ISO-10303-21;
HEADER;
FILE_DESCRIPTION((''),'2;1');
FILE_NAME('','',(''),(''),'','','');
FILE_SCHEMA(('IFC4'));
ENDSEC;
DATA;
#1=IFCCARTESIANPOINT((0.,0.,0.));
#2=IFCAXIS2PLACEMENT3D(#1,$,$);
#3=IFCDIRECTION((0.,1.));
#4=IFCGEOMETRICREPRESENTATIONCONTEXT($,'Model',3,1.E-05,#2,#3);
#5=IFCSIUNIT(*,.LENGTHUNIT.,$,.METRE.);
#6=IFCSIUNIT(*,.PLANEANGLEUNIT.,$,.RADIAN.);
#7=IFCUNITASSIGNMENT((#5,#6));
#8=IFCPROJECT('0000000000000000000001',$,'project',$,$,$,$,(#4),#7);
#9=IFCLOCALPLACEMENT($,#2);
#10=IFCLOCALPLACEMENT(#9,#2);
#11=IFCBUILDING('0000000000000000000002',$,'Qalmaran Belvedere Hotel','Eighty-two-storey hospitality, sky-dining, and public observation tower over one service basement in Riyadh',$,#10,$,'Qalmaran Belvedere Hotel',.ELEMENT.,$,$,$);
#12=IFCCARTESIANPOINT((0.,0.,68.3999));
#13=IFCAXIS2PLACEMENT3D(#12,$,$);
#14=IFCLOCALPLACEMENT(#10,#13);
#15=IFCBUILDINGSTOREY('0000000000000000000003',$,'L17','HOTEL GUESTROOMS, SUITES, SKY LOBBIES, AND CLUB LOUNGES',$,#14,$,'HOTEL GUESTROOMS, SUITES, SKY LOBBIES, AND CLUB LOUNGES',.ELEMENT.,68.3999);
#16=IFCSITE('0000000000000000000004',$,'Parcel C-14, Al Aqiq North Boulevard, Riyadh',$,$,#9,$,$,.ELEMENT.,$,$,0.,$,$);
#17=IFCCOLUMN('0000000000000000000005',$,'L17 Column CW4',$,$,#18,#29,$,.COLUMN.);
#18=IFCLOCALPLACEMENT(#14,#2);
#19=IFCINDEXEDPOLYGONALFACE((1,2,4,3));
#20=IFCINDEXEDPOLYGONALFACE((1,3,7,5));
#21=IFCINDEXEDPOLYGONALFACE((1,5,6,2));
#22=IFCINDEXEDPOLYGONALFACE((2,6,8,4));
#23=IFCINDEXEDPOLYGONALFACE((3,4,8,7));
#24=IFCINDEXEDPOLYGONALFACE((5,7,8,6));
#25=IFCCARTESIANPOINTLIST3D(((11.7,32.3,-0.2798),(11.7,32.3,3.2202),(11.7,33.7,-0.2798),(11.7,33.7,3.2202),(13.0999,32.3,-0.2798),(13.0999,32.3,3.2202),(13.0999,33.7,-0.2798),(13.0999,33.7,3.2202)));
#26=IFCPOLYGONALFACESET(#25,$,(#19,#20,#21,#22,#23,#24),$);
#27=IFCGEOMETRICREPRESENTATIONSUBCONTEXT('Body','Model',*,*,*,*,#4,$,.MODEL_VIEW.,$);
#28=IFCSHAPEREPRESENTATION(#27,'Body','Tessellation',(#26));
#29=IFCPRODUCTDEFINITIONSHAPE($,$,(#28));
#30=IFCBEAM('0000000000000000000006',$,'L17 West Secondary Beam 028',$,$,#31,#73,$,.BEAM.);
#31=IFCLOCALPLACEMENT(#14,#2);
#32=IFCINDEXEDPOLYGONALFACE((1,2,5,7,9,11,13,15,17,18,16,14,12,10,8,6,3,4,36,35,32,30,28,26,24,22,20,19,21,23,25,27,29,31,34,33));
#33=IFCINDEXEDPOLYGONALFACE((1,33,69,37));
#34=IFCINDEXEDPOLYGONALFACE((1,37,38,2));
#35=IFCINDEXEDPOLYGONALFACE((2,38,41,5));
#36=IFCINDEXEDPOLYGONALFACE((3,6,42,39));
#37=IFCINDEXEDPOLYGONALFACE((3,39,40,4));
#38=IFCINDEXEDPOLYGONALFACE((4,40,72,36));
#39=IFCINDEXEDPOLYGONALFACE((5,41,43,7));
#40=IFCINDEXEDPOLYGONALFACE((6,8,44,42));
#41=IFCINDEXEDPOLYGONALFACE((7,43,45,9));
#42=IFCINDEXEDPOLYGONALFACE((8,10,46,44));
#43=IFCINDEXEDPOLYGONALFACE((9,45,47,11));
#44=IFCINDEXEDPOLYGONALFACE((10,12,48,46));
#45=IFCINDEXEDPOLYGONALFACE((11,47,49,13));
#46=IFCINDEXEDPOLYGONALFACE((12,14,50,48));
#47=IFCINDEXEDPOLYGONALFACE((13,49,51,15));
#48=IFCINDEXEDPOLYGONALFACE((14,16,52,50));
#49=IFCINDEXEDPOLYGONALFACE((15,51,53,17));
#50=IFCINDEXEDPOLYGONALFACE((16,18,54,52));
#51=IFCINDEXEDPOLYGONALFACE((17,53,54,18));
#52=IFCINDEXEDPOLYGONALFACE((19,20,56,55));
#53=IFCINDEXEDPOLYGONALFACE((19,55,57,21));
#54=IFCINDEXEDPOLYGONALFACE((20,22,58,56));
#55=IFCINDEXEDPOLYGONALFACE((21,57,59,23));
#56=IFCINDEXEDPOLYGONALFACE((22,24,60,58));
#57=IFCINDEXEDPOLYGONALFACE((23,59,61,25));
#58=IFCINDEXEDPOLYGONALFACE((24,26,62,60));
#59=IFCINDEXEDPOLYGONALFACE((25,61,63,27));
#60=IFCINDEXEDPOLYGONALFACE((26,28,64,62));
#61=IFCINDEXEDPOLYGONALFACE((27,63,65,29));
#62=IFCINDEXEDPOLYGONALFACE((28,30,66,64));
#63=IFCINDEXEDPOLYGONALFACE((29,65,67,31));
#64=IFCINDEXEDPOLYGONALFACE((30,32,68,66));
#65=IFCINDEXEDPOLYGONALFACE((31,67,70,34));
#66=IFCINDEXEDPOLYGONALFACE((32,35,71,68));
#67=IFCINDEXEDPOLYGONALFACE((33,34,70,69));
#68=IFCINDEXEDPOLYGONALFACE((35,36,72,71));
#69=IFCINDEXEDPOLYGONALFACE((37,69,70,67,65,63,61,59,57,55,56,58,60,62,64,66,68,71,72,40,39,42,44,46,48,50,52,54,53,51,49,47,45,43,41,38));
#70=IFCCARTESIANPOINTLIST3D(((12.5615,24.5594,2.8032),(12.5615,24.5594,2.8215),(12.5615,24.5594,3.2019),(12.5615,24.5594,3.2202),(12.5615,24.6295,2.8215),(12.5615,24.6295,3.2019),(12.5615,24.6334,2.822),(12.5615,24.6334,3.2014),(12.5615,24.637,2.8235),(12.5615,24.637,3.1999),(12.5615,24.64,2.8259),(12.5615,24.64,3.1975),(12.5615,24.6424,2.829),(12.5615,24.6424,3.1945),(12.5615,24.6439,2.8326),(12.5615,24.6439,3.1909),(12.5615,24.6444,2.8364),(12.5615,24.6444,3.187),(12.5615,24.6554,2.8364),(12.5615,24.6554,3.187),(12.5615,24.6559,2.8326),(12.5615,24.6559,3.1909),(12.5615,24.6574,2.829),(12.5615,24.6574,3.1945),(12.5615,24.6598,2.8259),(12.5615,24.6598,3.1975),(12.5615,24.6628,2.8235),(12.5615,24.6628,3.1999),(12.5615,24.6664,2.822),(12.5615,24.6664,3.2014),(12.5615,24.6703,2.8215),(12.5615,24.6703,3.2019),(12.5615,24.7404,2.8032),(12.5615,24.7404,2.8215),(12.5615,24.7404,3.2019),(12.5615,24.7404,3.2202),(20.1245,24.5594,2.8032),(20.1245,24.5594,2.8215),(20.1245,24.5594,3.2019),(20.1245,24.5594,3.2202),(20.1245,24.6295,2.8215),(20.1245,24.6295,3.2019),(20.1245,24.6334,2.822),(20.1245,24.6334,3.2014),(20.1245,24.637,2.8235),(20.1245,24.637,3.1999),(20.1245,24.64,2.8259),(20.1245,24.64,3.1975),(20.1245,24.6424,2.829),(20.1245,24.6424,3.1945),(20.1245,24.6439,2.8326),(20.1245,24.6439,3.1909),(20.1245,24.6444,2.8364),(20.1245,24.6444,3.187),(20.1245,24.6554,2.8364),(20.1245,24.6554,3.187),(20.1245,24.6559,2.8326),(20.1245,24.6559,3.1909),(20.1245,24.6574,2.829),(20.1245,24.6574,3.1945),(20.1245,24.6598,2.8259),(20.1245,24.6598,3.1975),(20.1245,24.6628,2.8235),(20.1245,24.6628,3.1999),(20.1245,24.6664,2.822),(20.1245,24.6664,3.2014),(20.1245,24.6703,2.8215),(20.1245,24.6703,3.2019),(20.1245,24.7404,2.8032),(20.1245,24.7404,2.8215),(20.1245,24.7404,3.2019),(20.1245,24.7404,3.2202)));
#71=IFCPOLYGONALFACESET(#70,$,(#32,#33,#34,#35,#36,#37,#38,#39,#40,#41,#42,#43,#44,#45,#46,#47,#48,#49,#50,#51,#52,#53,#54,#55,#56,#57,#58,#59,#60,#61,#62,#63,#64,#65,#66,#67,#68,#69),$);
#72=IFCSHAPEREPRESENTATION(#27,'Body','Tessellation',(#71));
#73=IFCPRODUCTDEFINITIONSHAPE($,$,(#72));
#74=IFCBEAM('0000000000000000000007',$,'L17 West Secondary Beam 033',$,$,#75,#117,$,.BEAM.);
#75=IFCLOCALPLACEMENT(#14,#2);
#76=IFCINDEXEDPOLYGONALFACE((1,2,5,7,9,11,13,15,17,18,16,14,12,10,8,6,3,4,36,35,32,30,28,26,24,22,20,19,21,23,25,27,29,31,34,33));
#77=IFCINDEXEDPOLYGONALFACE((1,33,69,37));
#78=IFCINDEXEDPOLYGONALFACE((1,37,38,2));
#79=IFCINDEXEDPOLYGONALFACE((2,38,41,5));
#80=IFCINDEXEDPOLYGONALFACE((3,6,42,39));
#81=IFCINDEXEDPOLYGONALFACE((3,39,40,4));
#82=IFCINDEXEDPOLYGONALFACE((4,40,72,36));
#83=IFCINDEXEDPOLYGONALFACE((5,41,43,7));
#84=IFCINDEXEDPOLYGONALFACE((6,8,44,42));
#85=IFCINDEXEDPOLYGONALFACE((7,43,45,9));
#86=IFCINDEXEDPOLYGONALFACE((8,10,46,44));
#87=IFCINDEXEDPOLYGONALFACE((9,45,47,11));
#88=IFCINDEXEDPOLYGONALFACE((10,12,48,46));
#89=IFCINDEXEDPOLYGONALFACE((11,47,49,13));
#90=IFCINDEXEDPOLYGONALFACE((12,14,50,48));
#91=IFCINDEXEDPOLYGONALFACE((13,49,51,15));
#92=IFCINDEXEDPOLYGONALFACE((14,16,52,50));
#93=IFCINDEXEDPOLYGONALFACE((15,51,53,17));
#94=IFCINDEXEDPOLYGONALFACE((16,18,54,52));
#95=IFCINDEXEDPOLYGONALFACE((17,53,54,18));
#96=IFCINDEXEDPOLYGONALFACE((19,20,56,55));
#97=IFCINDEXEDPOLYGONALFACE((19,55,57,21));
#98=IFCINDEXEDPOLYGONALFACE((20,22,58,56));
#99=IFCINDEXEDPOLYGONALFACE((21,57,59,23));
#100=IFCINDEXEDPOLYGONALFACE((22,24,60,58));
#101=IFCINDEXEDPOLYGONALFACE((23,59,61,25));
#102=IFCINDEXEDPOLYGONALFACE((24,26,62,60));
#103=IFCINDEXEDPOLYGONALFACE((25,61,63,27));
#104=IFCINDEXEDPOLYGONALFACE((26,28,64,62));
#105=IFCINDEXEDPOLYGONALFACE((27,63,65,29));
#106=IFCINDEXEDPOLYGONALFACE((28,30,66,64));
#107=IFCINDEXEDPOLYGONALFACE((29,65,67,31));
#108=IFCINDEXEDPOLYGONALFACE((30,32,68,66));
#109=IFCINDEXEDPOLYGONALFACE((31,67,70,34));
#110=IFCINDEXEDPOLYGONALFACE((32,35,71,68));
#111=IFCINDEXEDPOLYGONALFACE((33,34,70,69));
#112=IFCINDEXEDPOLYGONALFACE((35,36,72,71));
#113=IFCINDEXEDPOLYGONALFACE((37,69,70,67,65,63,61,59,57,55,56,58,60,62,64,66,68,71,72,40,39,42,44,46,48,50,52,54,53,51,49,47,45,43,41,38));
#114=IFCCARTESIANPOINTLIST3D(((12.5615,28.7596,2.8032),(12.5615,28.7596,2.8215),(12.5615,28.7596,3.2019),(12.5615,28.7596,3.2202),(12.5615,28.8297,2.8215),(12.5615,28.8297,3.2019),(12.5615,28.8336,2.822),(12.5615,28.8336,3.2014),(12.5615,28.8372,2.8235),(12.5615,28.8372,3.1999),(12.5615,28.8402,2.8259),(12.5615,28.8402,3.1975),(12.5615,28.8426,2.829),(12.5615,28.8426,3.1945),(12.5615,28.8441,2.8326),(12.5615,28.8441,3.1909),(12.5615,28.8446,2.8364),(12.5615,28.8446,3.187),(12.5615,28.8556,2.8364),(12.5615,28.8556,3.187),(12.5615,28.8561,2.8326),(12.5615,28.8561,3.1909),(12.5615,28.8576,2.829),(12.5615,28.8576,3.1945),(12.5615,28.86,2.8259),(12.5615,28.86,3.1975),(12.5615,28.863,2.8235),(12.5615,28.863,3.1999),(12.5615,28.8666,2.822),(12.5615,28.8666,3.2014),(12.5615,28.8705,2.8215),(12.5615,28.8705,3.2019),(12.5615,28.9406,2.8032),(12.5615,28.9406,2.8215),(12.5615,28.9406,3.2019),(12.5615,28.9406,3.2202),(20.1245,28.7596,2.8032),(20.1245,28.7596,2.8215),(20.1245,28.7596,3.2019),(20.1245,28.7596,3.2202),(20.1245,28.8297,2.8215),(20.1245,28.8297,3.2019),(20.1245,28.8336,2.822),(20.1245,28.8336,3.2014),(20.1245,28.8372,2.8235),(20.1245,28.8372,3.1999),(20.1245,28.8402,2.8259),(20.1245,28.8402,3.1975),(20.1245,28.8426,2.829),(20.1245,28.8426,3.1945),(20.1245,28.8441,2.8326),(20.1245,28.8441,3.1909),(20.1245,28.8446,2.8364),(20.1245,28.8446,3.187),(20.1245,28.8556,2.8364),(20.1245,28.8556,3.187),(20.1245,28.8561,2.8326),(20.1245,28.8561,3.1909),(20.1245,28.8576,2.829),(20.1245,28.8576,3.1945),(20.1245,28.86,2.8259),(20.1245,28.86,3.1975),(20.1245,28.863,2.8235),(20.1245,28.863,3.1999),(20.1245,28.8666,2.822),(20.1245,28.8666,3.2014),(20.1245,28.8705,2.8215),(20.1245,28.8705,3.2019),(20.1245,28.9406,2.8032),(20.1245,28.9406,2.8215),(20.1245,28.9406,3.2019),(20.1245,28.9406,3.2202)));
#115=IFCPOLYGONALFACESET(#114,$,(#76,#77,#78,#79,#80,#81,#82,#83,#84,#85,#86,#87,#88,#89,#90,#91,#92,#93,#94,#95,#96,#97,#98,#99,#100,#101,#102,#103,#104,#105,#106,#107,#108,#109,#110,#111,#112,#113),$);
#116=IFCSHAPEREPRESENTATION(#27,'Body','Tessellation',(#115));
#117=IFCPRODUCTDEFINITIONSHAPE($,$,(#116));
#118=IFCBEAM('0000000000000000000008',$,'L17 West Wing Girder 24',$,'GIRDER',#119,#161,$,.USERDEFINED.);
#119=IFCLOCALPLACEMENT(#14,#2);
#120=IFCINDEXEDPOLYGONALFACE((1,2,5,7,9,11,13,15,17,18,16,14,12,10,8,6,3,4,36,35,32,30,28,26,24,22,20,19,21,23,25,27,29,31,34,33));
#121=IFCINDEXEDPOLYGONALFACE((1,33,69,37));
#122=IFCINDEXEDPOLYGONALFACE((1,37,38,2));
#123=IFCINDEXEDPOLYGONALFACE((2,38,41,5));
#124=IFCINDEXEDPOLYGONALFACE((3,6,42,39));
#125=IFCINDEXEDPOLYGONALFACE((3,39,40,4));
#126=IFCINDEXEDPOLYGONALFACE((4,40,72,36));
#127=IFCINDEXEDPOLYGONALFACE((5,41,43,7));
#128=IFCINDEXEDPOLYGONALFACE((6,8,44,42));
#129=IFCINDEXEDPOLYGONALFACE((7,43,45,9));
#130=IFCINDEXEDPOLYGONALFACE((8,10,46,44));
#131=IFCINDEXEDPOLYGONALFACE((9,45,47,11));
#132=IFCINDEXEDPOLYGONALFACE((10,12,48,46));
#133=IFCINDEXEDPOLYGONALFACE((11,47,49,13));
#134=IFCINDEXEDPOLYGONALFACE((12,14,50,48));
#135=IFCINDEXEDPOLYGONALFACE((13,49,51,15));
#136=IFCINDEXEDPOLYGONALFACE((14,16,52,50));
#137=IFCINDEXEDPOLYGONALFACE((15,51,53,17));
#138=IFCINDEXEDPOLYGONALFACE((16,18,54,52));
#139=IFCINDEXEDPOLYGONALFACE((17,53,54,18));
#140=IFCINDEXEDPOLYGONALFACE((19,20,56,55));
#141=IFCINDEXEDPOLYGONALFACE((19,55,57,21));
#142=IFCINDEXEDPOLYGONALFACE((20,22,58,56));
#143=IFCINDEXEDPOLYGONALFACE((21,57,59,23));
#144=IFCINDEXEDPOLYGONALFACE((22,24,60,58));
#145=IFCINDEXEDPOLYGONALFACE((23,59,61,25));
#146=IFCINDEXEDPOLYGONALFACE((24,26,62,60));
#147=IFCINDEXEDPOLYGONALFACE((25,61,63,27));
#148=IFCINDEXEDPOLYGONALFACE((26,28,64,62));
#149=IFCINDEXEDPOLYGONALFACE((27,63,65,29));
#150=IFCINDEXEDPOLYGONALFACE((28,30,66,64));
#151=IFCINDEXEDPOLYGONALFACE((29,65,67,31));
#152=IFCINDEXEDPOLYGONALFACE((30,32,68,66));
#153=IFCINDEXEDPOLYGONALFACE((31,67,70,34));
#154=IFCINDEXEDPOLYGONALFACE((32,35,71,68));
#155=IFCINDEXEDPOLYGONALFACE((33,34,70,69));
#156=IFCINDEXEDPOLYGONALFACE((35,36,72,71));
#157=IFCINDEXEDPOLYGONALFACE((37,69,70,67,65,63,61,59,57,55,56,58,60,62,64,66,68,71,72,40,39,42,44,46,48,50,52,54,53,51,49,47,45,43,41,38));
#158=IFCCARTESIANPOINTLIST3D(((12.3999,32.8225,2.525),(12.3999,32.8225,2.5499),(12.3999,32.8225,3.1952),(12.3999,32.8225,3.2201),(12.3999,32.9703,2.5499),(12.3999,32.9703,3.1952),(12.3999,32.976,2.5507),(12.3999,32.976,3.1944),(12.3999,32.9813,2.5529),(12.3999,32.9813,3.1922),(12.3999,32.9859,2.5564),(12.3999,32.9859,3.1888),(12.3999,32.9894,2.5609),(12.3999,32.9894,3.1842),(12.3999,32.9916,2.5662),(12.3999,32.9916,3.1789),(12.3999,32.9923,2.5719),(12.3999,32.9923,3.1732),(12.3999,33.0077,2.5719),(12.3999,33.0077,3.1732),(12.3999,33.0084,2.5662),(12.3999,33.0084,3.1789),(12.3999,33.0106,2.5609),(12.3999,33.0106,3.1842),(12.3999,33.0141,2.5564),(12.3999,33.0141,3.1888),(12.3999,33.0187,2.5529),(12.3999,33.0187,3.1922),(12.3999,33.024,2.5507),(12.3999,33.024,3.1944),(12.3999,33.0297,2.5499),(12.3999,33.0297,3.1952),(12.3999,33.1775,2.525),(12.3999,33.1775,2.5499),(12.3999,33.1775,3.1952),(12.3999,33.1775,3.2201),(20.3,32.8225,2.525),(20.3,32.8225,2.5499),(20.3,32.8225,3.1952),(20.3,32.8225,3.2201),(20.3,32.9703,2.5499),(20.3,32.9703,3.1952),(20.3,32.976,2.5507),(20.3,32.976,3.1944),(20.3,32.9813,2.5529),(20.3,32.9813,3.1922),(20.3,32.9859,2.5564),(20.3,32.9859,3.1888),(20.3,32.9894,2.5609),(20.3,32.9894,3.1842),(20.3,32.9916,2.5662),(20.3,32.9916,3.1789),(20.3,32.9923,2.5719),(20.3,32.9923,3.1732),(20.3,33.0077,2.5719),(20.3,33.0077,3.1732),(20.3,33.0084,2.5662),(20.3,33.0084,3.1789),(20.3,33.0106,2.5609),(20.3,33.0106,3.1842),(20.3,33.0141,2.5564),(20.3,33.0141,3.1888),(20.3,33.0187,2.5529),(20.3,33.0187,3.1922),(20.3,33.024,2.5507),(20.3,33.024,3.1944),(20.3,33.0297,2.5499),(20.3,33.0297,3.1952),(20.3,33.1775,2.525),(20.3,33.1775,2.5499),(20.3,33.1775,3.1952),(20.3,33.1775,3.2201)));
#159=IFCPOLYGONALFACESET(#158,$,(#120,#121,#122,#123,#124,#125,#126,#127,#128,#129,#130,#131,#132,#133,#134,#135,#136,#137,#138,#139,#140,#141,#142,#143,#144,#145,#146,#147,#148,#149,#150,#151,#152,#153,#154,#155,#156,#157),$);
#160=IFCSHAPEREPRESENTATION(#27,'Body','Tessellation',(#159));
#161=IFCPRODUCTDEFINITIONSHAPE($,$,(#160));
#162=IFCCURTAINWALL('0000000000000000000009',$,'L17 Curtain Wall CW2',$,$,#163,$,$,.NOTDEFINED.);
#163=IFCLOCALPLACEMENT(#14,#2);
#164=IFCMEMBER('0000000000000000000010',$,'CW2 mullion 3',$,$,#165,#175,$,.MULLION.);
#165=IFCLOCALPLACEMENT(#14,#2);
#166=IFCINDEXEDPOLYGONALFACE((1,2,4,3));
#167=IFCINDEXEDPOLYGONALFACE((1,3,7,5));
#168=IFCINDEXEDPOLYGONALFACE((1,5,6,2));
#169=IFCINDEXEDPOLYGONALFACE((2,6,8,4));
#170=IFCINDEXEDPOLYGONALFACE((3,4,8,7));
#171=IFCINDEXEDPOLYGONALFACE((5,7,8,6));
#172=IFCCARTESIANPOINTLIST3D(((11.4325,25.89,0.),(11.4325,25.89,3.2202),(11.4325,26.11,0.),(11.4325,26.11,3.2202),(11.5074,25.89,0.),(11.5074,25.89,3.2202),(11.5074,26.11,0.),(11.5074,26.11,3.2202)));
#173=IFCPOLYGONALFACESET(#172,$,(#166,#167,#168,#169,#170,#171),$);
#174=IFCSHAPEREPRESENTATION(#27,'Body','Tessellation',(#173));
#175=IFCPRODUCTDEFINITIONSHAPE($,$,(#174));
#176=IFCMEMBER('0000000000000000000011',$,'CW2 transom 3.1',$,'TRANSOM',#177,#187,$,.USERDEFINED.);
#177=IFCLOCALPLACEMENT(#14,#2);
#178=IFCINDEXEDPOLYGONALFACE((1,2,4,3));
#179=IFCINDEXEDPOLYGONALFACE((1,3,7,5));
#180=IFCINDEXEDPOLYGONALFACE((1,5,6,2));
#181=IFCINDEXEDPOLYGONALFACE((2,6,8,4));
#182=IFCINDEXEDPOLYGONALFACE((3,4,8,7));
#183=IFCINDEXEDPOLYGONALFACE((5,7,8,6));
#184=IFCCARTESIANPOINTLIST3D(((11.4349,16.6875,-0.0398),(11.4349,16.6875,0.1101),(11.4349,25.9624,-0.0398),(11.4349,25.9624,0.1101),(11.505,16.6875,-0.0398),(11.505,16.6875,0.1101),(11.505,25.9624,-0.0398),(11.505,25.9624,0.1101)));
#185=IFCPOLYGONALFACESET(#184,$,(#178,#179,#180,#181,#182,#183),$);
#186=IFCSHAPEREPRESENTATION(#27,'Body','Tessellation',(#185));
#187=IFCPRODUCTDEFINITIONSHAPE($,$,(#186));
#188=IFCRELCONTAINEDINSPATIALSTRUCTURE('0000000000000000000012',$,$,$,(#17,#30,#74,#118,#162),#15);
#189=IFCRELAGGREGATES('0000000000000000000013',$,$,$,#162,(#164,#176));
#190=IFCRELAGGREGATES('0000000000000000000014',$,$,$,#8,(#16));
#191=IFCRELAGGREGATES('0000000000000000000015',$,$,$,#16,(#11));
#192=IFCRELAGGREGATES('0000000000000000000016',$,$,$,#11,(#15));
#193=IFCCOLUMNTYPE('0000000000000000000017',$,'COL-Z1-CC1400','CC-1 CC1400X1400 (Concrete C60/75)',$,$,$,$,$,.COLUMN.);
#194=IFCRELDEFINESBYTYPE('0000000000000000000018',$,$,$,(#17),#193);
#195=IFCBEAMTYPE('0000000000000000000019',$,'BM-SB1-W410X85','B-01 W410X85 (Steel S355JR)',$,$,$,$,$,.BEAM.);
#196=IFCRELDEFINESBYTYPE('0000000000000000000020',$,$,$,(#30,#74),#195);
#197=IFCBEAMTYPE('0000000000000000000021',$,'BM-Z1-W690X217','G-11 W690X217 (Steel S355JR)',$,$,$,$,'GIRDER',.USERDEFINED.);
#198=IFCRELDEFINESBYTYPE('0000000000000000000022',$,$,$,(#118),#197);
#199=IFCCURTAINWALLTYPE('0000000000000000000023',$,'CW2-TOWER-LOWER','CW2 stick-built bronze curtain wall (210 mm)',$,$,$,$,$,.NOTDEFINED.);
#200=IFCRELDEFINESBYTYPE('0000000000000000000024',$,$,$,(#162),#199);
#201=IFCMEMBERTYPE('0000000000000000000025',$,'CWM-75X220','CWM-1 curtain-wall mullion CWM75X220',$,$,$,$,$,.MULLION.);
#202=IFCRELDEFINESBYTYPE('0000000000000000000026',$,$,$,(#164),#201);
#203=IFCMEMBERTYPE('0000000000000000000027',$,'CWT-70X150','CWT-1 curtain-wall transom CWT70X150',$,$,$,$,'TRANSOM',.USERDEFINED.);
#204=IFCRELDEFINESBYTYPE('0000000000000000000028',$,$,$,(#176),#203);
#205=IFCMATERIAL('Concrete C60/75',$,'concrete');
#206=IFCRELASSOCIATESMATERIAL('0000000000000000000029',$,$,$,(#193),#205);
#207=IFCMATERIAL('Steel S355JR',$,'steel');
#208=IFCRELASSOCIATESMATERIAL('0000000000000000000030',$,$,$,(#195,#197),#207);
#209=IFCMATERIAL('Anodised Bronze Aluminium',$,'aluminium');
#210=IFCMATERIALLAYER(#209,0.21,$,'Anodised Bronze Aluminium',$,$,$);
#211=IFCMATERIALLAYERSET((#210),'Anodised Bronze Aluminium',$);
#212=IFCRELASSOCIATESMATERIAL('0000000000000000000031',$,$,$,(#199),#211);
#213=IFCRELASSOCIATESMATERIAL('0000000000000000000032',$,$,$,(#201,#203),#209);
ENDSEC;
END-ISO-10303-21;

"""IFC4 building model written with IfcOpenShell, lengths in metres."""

from ifc_helpers import new_model, si_unit, direction, frame, origin, origin_2d, place, context, subcontext, project, spatial, rectangle, i_section, extrude, material, layer, layer_set, material_profile, profile_set, type_object, element, aggregate, save


model = new_model("IFC4")

# Units and contexts
model_context = context("Model", 3, precision=1e-05, world=origin(), true_north=direction((0.0, 1.0)))
body_context = subcontext(model_context, "Body", "Model", "MODEL_VIEW")
ifc_project = project(units=[si_unit("LENGTHUNIT", "METRE"), si_unit("PLANEANGLEUNIT", "RADIAN")], contexts=[model_context])

# Site, building, storey
site_placement = place(None, origin())
site = spatial("IfcSite", under=ifc_project, at=site_placement, Name="Parcel C-14, Al Aqiq North Boulevard, Riyadh", CompositionType="ELEMENT", RefElevation=0.0)
building_placement = place(site_placement, origin())
building = spatial("IfcBuilding", under=site, at=building_placement, Name="Qalmaran Belvedere Hotel", Description="Eighty-two-storey hospitality, sky-dining, and public observation tower over one service basement in Riyadh", LongName="Qalmaran Belvedere Hotel", CompositionType="ELEMENT")
storey_placement = place(building_placement, frame((0.0, 0.0, 68.3999)))
storey = spatial("IfcBuildingStorey", under=building, at=storey_placement, Name="L17", Description="HOTEL GUESTROOMS, SUITES, SKY LOBBIES, AND CLUB LOUNGES", LongName="HOTEL GUESTROOMS, SUITES, SKY LOBBIES, AND CLUB LOUNGES", CompositionType="ELEMENT", Elevation=68.3999)

# Column
ifc_material_1 = material(Name="Concrete C60/75", Category="concrete")
ifc_material_profile_1 = material_profile(ifc_material_1, rectangle(XDim=1.3999, YDim=1.3999, at=origin_2d()), Name="CC1400X1400")
ifc_profile_set_1 = profile_set([ifc_material_profile_1], Name="Concrete C60/75")
column_type = type_object("IfcColumnType", Name="COL-Z1-CC1400", Description="CC-1 CC1400X1400 (Concrete C60/75)", PredefinedType="COLUMN", material=ifc_profile_set_1)
column_placement = place(storey_placement, frame((12.3999, 33.0, -0.2798), z_axis=(0.0, 0.0, 1.0), x_axis=(1.0, 0.0, 0.0)))
element("IfcColumn", 1, at=column_placement, inside=storey, type_object=column_type, Name="L17 Column CW4", PredefinedType="COLUMN", context=body_context, shape_type="SweptSolid", body=[
    extrude(rectangle(XDim=1.3999, YDim=1.3999, at=origin_2d()), origin(), (0.0, 0.0, 1.0), 3.5),
])

# Beams
ifc_material_2 = material(Name="Steel S355JR", Category="steel")
ifc_material_profile_2 = material_profile(ifc_material_2, i_section(OverallWidth=0.1809, OverallDepth=0.417, WebThickness=0.011, FlangeThickness=0.0183, FilletRadius=0.0149, at=origin_2d()), Name="W410X85")
ifc_profile_set_2 = profile_set([ifc_material_profile_2], Name="Steel S355JR")
beam_type_1 = type_object("IfcBeamType", Name="BM-SB1-W410X85", Description="B-01 W410X85 (Steel S355JR)", PredefinedType="BEAM", material=ifc_profile_set_2)
for number, where, z_axis, x_axis, name in (
    (2, (12.5615, 24.6499, 3.0117), (1.0, 0.0, 0.0), (0.0, 1.0, 0.0), "L17 West Secondary Beam 028"),
    (3, (12.5615, 28.8501, 3.0117), (1.0, 0.0, 0.0), (0.0, 1.0, 0.0), "L17 West Secondary Beam 033"),
):
    element("IfcBeam", number, at=place(storey_placement, frame(where, z_axis=z_axis, x_axis=x_axis)), inside=storey, type_object=beam_type_1, Name=name, PredefinedType="BEAM", context=body_context, shape_type="SweptSolid", body=[
        extrude(i_section(OverallWidth=0.1809, OverallDepth=0.417, WebThickness=0.011, FlangeThickness=0.0183, FilletRadius=0.0149, at=origin_2d()), origin(), (0.0, 0.0, 1.0), 7.563),
    ])
ifc_material_profile_3 = material_profile(ifc_material_2, i_section(OverallWidth=0.355, OverallDepth=0.6951, WebThickness=0.0154, FlangeThickness=0.0249, FilletRadius=0.022, at=origin_2d()), Name="W690X217")
ifc_profile_set_3 = profile_set([ifc_material_profile_3], Name="Steel S355JR")
beam_type_2 = type_object("IfcBeamType", Name="BM-Z1-W690X217", Description="G-11 W690X217 (Steel S355JR)", ElementType="GIRDER", PredefinedType="USERDEFINED", material=ifc_profile_set_3)
beam_placement = place(storey_placement, frame((12.3999, 33.0, 2.8726), z_axis=(1.0, 0.0, 0.0), x_axis=(0.0, 1.0, 0.0)))
element("IfcBeam", 4, at=beam_placement, inside=storey, type_object=beam_type_2, Name="L17 West Wing Girder 24", ObjectType="GIRDER", PredefinedType="USERDEFINED", context=body_context, shape_type="SweptSolid", body=[
    extrude(i_section(OverallWidth=0.355, OverallDepth=0.6951, WebThickness=0.0154, FlangeThickness=0.0249, FilletRadius=0.022, at=origin_2d()), origin(), (0.0, 0.0, 1.0), 7.9001),
])

# Curtain wall, members
ifc_material_3 = material(Name="Anodised Bronze Aluminium", Category="aluminium")
ifc_layer_1 = layer(ifc_material_3, 0.21, Name="Anodised Bronze Aluminium")
ifc_layer_set_1 = layer_set([ifc_layer_1], Name="Anodised Bronze Aluminium")
curtain_wall_type = type_object("IfcCurtainWallType", Name="CW2-TOWER-LOWER", Description="CW2 stick-built bronze curtain wall (210 mm)", PredefinedType="NOTDEFINED", material=ifc_layer_set_1)
curtain_wall_placement = place(storey_placement, origin())
curtain_wall = element("IfcCurtainWall", 5, at=curtain_wall_placement, inside=storey, type_object=curtain_wall_type, Name="L17 Curtain Wall CW2", PredefinedType="NOTDEFINED")
ifc_material_profile_4 = material_profile(ifc_material_3, rectangle(XDim=0.075, YDim=0.22, at=origin_2d()), Name="CWM75X220")
ifc_profile_set_4 = profile_set([ifc_material_profile_4], Name="Anodised Bronze Aluminium")
member_type_1 = type_object("IfcMemberType", Name="CWM-75X220", Description="CWM-1 curtain-wall mullion CWM75X220", PredefinedType="MULLION", material=ifc_profile_set_4)
member_1_placement = place(storey_placement, frame((11.47, 26.0, 0.0), z_axis=(0.0, 0.0, 1.0), x_axis=(1.0, 0.0, 0.0)))
member_1 = element("IfcMember", 6, at=member_1_placement, type_object=member_type_1, Name="CW2 mullion 3", PredefinedType="MULLION", context=body_context, shape_type="SweptSolid", body=[
    extrude(rectangle(XDim=0.075, YDim=0.22, at=origin_2d()), origin(), (0.0, 0.0, 1.0), 3.2202),
])
ifc_material_profile_5 = material_profile(ifc_material_3, rectangle(XDim=0.0701, YDim=0.1499, at=origin_2d()), Name="CWT70X150")
ifc_profile_set_5 = profile_set([ifc_material_profile_5], Name="Anodised Bronze Aluminium")
member_type_2 = type_object("IfcMemberType", Name="CWT-70X150", Description="CWT-1 curtain-wall transom CWT70X150", ElementType="TRANSOM", PredefinedType="USERDEFINED", material=ifc_profile_set_5)
member_2_placement = place(storey_placement, frame((11.47, 25.9624, 0.0352), z_axis=(0.0, -1.0, 0.0), x_axis=(1.0, 0.0, 0.0)))
member_2 = element("IfcMember", 7, at=member_2_placement, type_object=member_type_2, Name="CW2 transom 3.1", ObjectType="TRANSOM", PredefinedType="USERDEFINED", context=body_context, shape_type="SweptSolid", body=[
    extrude(rectangle(XDim=0.0701, YDim=0.1499, at=origin_2d()), origin(), (0.0, 0.0, 1.0), 9.2749),
])
aggregate(curtain_wall, [member_1, member_2])

save(model, "model.ifc")
